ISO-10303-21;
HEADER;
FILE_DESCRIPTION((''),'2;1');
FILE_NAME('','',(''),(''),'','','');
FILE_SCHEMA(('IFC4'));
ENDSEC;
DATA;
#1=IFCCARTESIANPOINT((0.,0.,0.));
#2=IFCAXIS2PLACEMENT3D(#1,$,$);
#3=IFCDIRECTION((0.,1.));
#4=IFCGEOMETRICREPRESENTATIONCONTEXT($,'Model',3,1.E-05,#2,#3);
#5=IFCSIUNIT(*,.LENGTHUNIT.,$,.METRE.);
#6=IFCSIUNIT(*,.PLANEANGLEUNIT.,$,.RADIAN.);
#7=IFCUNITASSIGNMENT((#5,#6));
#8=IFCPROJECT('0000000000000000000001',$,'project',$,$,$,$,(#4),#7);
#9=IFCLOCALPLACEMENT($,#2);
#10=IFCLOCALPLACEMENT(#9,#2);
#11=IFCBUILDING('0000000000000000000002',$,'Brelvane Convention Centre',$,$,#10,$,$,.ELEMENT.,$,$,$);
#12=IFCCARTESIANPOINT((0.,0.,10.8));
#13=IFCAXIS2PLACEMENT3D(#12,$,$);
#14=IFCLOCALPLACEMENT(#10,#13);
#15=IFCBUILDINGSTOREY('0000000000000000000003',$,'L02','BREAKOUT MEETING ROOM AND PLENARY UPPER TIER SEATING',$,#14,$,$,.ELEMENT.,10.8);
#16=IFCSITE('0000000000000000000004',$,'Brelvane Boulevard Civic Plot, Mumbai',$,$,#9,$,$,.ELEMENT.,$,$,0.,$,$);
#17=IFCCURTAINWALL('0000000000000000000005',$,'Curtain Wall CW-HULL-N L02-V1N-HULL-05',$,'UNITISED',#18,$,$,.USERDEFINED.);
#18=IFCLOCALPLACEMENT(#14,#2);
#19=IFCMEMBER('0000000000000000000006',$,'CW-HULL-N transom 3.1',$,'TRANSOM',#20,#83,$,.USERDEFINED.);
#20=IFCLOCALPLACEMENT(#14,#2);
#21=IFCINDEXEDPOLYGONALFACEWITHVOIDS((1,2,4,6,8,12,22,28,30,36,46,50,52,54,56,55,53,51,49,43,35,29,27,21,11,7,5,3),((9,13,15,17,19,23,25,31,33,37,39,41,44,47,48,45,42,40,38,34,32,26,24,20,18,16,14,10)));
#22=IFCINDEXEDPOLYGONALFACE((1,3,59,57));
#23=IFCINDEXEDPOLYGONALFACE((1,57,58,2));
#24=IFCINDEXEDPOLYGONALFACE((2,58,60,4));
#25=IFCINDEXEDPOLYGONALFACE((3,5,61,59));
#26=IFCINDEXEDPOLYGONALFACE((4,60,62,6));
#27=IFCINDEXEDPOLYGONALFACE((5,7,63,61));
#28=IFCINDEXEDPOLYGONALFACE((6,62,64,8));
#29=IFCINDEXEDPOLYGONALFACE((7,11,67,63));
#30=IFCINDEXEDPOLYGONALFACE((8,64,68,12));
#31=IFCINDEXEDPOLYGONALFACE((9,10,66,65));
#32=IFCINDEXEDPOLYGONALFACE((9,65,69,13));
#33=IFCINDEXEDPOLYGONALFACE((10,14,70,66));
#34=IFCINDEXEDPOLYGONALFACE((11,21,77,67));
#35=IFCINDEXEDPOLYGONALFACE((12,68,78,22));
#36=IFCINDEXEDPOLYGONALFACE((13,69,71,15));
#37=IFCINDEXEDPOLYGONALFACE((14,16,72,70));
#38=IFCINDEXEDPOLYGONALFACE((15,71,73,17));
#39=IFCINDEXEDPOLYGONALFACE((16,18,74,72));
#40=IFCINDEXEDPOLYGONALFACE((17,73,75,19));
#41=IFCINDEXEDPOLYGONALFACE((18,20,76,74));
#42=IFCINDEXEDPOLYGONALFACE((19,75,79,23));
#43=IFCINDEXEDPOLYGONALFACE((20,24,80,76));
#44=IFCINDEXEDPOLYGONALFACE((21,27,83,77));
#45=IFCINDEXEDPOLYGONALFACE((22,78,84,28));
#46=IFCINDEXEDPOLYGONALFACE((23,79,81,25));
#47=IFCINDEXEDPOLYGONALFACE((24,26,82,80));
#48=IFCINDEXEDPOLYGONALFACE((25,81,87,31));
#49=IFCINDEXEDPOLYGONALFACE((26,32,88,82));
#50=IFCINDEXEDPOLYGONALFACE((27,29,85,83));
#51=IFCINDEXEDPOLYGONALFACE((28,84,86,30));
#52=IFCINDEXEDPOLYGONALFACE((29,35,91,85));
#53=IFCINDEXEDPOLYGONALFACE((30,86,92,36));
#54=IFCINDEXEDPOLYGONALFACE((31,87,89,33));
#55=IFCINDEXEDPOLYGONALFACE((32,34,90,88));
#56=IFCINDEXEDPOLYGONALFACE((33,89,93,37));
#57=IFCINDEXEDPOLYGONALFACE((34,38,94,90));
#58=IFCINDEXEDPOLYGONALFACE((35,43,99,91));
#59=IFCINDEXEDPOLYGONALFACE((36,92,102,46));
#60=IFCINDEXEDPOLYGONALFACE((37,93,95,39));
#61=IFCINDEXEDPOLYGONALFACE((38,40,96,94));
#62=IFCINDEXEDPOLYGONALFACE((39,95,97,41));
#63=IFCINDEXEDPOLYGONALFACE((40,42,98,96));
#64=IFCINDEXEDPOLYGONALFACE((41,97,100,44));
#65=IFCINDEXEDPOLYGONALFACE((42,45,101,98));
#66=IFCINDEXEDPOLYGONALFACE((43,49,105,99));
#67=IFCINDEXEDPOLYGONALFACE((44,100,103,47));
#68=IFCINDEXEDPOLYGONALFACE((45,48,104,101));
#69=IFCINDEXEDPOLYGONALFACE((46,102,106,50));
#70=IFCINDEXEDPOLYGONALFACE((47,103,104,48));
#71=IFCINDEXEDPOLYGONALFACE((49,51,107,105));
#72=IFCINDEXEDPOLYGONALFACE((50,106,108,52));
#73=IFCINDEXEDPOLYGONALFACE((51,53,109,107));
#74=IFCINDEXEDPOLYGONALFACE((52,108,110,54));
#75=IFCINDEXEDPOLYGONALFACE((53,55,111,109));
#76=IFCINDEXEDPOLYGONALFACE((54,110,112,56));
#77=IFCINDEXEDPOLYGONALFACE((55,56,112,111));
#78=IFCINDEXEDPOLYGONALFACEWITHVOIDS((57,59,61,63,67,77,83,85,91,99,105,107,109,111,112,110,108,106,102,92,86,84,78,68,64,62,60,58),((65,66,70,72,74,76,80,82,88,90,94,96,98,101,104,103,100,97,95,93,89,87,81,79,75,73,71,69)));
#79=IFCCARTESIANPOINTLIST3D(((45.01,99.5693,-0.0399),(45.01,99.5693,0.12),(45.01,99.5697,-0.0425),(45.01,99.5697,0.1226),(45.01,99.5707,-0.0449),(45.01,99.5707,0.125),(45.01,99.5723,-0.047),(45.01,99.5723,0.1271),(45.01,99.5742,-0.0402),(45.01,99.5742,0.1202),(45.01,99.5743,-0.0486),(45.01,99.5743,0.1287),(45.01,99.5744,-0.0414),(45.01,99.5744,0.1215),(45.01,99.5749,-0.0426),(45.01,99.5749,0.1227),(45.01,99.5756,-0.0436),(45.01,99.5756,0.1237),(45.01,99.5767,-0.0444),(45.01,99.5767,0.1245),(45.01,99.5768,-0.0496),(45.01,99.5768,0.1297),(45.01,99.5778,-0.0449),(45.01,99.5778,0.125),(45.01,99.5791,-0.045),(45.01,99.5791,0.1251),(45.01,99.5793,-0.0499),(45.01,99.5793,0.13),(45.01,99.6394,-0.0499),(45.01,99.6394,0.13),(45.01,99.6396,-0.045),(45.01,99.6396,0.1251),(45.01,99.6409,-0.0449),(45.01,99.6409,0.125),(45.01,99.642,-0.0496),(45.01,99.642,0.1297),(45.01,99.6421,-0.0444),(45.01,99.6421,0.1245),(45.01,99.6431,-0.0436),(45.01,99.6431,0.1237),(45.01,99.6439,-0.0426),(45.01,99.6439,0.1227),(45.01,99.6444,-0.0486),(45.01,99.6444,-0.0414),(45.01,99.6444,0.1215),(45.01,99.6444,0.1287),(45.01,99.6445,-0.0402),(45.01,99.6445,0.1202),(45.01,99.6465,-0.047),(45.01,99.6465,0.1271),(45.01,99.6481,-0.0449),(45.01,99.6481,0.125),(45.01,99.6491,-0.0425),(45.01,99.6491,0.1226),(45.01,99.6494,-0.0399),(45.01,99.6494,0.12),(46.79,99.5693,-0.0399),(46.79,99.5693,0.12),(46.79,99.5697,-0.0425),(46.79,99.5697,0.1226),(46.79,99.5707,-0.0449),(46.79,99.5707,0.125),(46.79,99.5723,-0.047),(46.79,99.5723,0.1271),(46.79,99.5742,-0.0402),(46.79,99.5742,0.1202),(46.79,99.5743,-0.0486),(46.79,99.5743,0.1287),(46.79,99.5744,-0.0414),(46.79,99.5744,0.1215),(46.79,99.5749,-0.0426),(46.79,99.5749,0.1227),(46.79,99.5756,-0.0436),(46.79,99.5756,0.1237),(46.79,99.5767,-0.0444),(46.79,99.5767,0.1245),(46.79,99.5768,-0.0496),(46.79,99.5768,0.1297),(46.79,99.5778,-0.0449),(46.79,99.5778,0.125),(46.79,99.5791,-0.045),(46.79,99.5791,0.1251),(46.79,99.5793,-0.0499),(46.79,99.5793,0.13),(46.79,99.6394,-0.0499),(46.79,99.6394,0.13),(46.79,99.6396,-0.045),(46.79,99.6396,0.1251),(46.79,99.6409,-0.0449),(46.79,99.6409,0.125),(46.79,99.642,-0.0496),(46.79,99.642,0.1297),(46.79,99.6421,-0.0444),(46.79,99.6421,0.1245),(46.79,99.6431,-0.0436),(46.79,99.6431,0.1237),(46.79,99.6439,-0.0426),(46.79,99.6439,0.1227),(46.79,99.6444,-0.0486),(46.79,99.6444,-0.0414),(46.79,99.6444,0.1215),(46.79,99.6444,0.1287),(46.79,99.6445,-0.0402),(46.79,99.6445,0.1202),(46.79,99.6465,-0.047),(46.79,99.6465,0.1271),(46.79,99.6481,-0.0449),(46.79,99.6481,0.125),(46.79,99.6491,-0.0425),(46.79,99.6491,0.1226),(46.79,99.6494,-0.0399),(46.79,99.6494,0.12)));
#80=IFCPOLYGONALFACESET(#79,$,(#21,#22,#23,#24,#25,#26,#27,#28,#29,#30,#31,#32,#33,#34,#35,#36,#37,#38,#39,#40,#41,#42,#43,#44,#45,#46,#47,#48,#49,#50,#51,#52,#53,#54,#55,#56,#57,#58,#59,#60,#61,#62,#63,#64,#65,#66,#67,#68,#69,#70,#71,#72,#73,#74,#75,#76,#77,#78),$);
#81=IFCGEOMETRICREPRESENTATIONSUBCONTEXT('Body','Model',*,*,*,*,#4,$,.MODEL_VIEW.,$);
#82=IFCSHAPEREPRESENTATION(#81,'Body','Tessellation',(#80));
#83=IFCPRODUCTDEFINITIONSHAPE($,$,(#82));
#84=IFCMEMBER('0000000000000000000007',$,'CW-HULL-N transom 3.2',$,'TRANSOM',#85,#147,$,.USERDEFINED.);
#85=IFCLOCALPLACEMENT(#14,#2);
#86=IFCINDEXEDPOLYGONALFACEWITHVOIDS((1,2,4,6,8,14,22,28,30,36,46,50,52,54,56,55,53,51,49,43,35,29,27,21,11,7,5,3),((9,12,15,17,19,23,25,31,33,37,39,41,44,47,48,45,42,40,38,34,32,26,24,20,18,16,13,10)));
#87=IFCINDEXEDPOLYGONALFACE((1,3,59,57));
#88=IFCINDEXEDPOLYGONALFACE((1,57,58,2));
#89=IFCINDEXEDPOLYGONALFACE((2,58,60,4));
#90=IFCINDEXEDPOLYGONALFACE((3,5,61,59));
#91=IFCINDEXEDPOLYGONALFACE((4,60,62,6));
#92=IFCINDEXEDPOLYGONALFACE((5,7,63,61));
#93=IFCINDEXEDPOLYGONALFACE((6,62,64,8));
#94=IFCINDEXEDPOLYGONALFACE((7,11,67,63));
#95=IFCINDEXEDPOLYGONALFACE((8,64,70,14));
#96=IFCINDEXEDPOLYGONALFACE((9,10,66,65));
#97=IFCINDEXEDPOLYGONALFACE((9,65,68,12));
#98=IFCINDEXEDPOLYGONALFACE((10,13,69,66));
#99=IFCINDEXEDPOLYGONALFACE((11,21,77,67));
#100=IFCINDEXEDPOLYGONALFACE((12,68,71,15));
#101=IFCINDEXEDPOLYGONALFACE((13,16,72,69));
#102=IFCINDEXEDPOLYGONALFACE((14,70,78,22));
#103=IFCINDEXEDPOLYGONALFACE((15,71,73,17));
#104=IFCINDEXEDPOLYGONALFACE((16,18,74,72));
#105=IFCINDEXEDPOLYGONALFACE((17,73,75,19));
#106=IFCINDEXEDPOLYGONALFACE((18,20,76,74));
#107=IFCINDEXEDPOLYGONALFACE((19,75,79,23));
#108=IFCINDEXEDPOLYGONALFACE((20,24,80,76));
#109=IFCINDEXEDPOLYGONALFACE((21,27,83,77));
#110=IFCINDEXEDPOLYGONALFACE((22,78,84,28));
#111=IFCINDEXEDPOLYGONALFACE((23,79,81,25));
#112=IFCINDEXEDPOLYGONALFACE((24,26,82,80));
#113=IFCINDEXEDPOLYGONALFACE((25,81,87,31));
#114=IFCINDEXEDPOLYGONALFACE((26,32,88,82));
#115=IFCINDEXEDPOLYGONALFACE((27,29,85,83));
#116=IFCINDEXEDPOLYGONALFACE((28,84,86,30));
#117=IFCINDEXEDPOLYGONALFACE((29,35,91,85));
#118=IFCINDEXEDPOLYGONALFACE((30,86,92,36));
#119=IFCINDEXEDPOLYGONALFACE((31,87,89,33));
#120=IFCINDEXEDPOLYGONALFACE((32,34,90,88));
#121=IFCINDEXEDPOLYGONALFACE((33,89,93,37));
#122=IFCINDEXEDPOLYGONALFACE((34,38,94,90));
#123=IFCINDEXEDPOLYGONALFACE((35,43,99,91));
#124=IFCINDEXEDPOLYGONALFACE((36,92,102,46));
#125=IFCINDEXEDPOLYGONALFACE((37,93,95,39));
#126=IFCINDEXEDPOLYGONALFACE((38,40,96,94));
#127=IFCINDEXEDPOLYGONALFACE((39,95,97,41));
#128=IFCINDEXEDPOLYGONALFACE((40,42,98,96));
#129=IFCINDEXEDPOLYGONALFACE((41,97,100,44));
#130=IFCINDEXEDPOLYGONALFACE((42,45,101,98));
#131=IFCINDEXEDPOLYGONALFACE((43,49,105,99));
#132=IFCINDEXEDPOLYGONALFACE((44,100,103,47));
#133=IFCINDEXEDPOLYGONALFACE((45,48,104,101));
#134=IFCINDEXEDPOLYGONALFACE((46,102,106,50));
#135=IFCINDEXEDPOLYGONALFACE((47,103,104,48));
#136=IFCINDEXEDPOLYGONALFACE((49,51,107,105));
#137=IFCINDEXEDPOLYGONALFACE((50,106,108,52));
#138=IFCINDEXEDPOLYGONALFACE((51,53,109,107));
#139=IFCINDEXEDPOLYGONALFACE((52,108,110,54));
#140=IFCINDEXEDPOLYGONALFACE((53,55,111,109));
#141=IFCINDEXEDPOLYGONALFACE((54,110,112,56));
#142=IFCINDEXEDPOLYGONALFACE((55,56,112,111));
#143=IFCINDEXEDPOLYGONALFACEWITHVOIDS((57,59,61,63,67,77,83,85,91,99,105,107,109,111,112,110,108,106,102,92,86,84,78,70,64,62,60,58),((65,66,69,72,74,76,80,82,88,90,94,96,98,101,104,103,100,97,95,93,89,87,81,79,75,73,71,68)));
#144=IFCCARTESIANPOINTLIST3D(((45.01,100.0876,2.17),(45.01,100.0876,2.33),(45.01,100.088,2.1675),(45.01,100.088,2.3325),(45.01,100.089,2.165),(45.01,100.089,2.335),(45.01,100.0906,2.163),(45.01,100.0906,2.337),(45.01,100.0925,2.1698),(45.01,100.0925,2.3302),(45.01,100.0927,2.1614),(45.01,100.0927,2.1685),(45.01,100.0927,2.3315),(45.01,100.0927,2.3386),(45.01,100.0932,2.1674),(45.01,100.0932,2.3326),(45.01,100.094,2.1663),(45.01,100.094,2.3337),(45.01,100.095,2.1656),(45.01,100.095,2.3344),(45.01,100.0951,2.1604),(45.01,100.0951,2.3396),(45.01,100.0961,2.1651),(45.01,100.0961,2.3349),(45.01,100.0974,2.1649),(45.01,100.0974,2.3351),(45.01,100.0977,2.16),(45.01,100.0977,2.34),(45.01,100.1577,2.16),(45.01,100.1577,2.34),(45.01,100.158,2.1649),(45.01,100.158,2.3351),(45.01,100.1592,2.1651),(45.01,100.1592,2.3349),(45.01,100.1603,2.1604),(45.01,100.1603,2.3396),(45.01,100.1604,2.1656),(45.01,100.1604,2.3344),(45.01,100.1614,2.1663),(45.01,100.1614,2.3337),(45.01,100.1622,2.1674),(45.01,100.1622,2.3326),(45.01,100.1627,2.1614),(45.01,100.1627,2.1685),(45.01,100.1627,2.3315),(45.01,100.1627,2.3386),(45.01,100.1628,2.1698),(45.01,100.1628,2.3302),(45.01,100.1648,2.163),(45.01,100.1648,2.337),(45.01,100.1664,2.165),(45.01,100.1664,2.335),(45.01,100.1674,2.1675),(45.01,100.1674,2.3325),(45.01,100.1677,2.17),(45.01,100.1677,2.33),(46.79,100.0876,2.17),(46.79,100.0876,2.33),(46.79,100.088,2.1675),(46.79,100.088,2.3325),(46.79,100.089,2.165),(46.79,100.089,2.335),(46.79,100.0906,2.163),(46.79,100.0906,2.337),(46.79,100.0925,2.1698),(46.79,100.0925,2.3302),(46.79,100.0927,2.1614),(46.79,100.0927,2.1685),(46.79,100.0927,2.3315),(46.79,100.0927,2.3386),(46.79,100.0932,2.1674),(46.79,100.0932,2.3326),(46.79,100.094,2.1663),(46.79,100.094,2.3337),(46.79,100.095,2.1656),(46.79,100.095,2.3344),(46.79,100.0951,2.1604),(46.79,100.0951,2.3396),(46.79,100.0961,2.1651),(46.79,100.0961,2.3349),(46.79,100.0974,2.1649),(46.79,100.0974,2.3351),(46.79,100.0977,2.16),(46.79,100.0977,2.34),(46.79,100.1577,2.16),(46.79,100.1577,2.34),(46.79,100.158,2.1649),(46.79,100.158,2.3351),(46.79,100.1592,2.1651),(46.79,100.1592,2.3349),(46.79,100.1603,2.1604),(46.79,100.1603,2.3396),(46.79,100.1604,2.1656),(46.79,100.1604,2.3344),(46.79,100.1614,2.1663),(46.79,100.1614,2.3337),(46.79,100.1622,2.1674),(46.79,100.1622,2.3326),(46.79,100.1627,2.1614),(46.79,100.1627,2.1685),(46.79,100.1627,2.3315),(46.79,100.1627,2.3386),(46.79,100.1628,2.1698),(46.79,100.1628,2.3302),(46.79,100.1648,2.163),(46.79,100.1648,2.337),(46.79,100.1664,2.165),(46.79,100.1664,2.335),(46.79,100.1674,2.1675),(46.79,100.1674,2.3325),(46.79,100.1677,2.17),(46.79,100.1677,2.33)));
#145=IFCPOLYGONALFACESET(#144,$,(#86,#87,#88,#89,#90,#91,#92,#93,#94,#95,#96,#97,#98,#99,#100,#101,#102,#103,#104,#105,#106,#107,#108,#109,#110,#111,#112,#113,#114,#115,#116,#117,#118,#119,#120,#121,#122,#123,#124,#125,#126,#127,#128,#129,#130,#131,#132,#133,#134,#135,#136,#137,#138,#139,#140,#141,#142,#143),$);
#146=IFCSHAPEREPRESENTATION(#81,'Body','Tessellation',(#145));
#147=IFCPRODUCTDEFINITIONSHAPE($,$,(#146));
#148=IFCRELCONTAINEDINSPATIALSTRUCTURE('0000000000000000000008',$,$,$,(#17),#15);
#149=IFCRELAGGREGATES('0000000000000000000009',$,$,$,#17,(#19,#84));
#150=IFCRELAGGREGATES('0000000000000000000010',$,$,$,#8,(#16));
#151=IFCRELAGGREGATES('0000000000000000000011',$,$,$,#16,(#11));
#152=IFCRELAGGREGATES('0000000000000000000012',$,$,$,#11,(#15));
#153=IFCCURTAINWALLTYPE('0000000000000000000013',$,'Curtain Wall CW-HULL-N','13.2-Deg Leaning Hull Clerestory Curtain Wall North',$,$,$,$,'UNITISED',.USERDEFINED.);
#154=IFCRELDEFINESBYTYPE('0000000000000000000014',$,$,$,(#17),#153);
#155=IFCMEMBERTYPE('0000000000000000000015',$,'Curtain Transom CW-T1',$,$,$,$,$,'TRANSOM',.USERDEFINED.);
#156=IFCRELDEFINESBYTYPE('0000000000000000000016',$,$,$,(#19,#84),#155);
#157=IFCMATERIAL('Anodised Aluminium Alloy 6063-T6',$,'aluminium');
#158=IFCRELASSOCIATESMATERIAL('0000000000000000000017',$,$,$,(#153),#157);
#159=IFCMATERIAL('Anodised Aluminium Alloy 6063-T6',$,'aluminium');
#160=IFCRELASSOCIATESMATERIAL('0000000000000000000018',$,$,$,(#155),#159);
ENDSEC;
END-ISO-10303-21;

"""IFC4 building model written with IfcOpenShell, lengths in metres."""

from ifc_helpers import new_model, si_unit, direction, frame, origin, origin_2d, place, context, subcontext, project, spatial, hollow_rectangle, extrude, material, material_profile, profile_set, type_object, element, aggregate, save


model = new_model("IFC4")

# Units and contexts
model_context = context("Model", 3, precision=1e-05, world=origin(), true_north=direction((0.0, 1.0)))
body_context = subcontext(model_context, "Body", "Model", "MODEL_VIEW")
ifc_project = project(units=[si_unit("LENGTHUNIT", "METRE"), si_unit("PLANEANGLEUNIT", "RADIAN")], contexts=[model_context])

# Site, building, storey
site_placement = place(None, origin())
site = spatial("IfcSite", under=ifc_project, at=site_placement, Name="Brelvane Boulevard Civic Plot, Mumbai", CompositionType="ELEMENT", RefElevation=0.0)
building_placement = place(site_placement, origin())
building = spatial("IfcBuilding", under=site, at=building_placement, Name="Brelvane Convention Centre", CompositionType="ELEMENT")
storey_placement = place(building_placement, frame((0.0, 0.0, 10.8)))
storey = spatial("IfcBuildingStorey", under=building, at=storey_placement, Name="L02", Description="BREAKOUT MEETING ROOM AND PLENARY UPPER TIER SEATING", CompositionType="ELEMENT", Elevation=10.8)

# Curtain wall, members
ifc_material_1 = material(Name="Anodised Aluminium Alloy 6063-T6", Category="aluminium")
curtain_wall_type = type_object("IfcCurtainWallType", Name="Curtain Wall CW-HULL-N", Description="13.2-Deg Leaning Hull Clerestory Curtain Wall North", ElementType="UNITISED", PredefinedType="USERDEFINED", material=ifc_material_1)
curtain_wall_placement = place(storey_placement, origin())
curtain_wall = element("IfcCurtainWall", 1, at=curtain_wall_placement, inside=storey, type_object=curtain_wall_type, Name="Curtain Wall CW-HULL-N L02-V1N-HULL-05", ObjectType="UNITISED", PredefinedType="USERDEFINED")
ifc_material_2 = material(Name="Anodised Aluminium Alloy 6063-T6", Category="aluminium")
ifc_material_profile_1 = material_profile(ifc_material_2, hollow_rectangle(XDim=0.0801, YDim=0.1799, WallThickness=0.0049, InnerFilletRadius=0.0049, OuterFilletRadius=0.01, at=origin_2d()), Name="ALU-T 180x80x5.0")
ifc_profile_set_1 = profile_set([ifc_material_profile_1], Name="Anodised Aluminium Alloy 6063-T6")
member_type_1 = type_object("IfcMemberType", Name="Curtain Transom CW-T1", ElementType="TRANSOM", PredefinedType="USERDEFINED", material=ifc_profile_set_1)
member_1_placement = place(storey_placement, frame((45.01, 99.6094, 0.04), z_axis=(1.0, 0.0, 0.0), x_axis=(0.0, 1.0, 0.0)))
member_1 = element("IfcMember", 2, at=member_1_placement, type_object=member_type_1, Name="CW-HULL-N transom 3.1", ObjectType="TRANSOM", PredefinedType="USERDEFINED", context=body_context, shape_type="SweptSolid", body=[
    extrude(hollow_rectangle(XDim=0.0801, YDim=0.1799, WallThickness=0.0049, InnerFilletRadius=0.0049, OuterFilletRadius=0.01, at=origin_2d()), origin(), (0.0, 0.0, 1.0), 1.78),
])
member_2_placement = place(storey_placement, frame((45.01, 100.1277, 2.25), z_axis=(1.0, 0.0, 0.0), x_axis=(0.0, 1.0, 0.0)))
member_2 = element("IfcMember", 3, at=member_2_placement, type_object=member_type_1, Name="CW-HULL-N transom 3.2", ObjectType="TRANSOM", PredefinedType="USERDEFINED", context=body_context, shape_type="SweptSolid", body=[
    extrude(hollow_rectangle(XDim=0.0801, YDim=0.1799, WallThickness=0.0049, InnerFilletRadius=0.0049, OuterFilletRadius=0.01, at=origin_2d()), origin(), (0.0, 0.0, 1.0), 1.78),
])

aggregate(curtain_wall, [member_1, member_2])

save(model, "model.ifc")
